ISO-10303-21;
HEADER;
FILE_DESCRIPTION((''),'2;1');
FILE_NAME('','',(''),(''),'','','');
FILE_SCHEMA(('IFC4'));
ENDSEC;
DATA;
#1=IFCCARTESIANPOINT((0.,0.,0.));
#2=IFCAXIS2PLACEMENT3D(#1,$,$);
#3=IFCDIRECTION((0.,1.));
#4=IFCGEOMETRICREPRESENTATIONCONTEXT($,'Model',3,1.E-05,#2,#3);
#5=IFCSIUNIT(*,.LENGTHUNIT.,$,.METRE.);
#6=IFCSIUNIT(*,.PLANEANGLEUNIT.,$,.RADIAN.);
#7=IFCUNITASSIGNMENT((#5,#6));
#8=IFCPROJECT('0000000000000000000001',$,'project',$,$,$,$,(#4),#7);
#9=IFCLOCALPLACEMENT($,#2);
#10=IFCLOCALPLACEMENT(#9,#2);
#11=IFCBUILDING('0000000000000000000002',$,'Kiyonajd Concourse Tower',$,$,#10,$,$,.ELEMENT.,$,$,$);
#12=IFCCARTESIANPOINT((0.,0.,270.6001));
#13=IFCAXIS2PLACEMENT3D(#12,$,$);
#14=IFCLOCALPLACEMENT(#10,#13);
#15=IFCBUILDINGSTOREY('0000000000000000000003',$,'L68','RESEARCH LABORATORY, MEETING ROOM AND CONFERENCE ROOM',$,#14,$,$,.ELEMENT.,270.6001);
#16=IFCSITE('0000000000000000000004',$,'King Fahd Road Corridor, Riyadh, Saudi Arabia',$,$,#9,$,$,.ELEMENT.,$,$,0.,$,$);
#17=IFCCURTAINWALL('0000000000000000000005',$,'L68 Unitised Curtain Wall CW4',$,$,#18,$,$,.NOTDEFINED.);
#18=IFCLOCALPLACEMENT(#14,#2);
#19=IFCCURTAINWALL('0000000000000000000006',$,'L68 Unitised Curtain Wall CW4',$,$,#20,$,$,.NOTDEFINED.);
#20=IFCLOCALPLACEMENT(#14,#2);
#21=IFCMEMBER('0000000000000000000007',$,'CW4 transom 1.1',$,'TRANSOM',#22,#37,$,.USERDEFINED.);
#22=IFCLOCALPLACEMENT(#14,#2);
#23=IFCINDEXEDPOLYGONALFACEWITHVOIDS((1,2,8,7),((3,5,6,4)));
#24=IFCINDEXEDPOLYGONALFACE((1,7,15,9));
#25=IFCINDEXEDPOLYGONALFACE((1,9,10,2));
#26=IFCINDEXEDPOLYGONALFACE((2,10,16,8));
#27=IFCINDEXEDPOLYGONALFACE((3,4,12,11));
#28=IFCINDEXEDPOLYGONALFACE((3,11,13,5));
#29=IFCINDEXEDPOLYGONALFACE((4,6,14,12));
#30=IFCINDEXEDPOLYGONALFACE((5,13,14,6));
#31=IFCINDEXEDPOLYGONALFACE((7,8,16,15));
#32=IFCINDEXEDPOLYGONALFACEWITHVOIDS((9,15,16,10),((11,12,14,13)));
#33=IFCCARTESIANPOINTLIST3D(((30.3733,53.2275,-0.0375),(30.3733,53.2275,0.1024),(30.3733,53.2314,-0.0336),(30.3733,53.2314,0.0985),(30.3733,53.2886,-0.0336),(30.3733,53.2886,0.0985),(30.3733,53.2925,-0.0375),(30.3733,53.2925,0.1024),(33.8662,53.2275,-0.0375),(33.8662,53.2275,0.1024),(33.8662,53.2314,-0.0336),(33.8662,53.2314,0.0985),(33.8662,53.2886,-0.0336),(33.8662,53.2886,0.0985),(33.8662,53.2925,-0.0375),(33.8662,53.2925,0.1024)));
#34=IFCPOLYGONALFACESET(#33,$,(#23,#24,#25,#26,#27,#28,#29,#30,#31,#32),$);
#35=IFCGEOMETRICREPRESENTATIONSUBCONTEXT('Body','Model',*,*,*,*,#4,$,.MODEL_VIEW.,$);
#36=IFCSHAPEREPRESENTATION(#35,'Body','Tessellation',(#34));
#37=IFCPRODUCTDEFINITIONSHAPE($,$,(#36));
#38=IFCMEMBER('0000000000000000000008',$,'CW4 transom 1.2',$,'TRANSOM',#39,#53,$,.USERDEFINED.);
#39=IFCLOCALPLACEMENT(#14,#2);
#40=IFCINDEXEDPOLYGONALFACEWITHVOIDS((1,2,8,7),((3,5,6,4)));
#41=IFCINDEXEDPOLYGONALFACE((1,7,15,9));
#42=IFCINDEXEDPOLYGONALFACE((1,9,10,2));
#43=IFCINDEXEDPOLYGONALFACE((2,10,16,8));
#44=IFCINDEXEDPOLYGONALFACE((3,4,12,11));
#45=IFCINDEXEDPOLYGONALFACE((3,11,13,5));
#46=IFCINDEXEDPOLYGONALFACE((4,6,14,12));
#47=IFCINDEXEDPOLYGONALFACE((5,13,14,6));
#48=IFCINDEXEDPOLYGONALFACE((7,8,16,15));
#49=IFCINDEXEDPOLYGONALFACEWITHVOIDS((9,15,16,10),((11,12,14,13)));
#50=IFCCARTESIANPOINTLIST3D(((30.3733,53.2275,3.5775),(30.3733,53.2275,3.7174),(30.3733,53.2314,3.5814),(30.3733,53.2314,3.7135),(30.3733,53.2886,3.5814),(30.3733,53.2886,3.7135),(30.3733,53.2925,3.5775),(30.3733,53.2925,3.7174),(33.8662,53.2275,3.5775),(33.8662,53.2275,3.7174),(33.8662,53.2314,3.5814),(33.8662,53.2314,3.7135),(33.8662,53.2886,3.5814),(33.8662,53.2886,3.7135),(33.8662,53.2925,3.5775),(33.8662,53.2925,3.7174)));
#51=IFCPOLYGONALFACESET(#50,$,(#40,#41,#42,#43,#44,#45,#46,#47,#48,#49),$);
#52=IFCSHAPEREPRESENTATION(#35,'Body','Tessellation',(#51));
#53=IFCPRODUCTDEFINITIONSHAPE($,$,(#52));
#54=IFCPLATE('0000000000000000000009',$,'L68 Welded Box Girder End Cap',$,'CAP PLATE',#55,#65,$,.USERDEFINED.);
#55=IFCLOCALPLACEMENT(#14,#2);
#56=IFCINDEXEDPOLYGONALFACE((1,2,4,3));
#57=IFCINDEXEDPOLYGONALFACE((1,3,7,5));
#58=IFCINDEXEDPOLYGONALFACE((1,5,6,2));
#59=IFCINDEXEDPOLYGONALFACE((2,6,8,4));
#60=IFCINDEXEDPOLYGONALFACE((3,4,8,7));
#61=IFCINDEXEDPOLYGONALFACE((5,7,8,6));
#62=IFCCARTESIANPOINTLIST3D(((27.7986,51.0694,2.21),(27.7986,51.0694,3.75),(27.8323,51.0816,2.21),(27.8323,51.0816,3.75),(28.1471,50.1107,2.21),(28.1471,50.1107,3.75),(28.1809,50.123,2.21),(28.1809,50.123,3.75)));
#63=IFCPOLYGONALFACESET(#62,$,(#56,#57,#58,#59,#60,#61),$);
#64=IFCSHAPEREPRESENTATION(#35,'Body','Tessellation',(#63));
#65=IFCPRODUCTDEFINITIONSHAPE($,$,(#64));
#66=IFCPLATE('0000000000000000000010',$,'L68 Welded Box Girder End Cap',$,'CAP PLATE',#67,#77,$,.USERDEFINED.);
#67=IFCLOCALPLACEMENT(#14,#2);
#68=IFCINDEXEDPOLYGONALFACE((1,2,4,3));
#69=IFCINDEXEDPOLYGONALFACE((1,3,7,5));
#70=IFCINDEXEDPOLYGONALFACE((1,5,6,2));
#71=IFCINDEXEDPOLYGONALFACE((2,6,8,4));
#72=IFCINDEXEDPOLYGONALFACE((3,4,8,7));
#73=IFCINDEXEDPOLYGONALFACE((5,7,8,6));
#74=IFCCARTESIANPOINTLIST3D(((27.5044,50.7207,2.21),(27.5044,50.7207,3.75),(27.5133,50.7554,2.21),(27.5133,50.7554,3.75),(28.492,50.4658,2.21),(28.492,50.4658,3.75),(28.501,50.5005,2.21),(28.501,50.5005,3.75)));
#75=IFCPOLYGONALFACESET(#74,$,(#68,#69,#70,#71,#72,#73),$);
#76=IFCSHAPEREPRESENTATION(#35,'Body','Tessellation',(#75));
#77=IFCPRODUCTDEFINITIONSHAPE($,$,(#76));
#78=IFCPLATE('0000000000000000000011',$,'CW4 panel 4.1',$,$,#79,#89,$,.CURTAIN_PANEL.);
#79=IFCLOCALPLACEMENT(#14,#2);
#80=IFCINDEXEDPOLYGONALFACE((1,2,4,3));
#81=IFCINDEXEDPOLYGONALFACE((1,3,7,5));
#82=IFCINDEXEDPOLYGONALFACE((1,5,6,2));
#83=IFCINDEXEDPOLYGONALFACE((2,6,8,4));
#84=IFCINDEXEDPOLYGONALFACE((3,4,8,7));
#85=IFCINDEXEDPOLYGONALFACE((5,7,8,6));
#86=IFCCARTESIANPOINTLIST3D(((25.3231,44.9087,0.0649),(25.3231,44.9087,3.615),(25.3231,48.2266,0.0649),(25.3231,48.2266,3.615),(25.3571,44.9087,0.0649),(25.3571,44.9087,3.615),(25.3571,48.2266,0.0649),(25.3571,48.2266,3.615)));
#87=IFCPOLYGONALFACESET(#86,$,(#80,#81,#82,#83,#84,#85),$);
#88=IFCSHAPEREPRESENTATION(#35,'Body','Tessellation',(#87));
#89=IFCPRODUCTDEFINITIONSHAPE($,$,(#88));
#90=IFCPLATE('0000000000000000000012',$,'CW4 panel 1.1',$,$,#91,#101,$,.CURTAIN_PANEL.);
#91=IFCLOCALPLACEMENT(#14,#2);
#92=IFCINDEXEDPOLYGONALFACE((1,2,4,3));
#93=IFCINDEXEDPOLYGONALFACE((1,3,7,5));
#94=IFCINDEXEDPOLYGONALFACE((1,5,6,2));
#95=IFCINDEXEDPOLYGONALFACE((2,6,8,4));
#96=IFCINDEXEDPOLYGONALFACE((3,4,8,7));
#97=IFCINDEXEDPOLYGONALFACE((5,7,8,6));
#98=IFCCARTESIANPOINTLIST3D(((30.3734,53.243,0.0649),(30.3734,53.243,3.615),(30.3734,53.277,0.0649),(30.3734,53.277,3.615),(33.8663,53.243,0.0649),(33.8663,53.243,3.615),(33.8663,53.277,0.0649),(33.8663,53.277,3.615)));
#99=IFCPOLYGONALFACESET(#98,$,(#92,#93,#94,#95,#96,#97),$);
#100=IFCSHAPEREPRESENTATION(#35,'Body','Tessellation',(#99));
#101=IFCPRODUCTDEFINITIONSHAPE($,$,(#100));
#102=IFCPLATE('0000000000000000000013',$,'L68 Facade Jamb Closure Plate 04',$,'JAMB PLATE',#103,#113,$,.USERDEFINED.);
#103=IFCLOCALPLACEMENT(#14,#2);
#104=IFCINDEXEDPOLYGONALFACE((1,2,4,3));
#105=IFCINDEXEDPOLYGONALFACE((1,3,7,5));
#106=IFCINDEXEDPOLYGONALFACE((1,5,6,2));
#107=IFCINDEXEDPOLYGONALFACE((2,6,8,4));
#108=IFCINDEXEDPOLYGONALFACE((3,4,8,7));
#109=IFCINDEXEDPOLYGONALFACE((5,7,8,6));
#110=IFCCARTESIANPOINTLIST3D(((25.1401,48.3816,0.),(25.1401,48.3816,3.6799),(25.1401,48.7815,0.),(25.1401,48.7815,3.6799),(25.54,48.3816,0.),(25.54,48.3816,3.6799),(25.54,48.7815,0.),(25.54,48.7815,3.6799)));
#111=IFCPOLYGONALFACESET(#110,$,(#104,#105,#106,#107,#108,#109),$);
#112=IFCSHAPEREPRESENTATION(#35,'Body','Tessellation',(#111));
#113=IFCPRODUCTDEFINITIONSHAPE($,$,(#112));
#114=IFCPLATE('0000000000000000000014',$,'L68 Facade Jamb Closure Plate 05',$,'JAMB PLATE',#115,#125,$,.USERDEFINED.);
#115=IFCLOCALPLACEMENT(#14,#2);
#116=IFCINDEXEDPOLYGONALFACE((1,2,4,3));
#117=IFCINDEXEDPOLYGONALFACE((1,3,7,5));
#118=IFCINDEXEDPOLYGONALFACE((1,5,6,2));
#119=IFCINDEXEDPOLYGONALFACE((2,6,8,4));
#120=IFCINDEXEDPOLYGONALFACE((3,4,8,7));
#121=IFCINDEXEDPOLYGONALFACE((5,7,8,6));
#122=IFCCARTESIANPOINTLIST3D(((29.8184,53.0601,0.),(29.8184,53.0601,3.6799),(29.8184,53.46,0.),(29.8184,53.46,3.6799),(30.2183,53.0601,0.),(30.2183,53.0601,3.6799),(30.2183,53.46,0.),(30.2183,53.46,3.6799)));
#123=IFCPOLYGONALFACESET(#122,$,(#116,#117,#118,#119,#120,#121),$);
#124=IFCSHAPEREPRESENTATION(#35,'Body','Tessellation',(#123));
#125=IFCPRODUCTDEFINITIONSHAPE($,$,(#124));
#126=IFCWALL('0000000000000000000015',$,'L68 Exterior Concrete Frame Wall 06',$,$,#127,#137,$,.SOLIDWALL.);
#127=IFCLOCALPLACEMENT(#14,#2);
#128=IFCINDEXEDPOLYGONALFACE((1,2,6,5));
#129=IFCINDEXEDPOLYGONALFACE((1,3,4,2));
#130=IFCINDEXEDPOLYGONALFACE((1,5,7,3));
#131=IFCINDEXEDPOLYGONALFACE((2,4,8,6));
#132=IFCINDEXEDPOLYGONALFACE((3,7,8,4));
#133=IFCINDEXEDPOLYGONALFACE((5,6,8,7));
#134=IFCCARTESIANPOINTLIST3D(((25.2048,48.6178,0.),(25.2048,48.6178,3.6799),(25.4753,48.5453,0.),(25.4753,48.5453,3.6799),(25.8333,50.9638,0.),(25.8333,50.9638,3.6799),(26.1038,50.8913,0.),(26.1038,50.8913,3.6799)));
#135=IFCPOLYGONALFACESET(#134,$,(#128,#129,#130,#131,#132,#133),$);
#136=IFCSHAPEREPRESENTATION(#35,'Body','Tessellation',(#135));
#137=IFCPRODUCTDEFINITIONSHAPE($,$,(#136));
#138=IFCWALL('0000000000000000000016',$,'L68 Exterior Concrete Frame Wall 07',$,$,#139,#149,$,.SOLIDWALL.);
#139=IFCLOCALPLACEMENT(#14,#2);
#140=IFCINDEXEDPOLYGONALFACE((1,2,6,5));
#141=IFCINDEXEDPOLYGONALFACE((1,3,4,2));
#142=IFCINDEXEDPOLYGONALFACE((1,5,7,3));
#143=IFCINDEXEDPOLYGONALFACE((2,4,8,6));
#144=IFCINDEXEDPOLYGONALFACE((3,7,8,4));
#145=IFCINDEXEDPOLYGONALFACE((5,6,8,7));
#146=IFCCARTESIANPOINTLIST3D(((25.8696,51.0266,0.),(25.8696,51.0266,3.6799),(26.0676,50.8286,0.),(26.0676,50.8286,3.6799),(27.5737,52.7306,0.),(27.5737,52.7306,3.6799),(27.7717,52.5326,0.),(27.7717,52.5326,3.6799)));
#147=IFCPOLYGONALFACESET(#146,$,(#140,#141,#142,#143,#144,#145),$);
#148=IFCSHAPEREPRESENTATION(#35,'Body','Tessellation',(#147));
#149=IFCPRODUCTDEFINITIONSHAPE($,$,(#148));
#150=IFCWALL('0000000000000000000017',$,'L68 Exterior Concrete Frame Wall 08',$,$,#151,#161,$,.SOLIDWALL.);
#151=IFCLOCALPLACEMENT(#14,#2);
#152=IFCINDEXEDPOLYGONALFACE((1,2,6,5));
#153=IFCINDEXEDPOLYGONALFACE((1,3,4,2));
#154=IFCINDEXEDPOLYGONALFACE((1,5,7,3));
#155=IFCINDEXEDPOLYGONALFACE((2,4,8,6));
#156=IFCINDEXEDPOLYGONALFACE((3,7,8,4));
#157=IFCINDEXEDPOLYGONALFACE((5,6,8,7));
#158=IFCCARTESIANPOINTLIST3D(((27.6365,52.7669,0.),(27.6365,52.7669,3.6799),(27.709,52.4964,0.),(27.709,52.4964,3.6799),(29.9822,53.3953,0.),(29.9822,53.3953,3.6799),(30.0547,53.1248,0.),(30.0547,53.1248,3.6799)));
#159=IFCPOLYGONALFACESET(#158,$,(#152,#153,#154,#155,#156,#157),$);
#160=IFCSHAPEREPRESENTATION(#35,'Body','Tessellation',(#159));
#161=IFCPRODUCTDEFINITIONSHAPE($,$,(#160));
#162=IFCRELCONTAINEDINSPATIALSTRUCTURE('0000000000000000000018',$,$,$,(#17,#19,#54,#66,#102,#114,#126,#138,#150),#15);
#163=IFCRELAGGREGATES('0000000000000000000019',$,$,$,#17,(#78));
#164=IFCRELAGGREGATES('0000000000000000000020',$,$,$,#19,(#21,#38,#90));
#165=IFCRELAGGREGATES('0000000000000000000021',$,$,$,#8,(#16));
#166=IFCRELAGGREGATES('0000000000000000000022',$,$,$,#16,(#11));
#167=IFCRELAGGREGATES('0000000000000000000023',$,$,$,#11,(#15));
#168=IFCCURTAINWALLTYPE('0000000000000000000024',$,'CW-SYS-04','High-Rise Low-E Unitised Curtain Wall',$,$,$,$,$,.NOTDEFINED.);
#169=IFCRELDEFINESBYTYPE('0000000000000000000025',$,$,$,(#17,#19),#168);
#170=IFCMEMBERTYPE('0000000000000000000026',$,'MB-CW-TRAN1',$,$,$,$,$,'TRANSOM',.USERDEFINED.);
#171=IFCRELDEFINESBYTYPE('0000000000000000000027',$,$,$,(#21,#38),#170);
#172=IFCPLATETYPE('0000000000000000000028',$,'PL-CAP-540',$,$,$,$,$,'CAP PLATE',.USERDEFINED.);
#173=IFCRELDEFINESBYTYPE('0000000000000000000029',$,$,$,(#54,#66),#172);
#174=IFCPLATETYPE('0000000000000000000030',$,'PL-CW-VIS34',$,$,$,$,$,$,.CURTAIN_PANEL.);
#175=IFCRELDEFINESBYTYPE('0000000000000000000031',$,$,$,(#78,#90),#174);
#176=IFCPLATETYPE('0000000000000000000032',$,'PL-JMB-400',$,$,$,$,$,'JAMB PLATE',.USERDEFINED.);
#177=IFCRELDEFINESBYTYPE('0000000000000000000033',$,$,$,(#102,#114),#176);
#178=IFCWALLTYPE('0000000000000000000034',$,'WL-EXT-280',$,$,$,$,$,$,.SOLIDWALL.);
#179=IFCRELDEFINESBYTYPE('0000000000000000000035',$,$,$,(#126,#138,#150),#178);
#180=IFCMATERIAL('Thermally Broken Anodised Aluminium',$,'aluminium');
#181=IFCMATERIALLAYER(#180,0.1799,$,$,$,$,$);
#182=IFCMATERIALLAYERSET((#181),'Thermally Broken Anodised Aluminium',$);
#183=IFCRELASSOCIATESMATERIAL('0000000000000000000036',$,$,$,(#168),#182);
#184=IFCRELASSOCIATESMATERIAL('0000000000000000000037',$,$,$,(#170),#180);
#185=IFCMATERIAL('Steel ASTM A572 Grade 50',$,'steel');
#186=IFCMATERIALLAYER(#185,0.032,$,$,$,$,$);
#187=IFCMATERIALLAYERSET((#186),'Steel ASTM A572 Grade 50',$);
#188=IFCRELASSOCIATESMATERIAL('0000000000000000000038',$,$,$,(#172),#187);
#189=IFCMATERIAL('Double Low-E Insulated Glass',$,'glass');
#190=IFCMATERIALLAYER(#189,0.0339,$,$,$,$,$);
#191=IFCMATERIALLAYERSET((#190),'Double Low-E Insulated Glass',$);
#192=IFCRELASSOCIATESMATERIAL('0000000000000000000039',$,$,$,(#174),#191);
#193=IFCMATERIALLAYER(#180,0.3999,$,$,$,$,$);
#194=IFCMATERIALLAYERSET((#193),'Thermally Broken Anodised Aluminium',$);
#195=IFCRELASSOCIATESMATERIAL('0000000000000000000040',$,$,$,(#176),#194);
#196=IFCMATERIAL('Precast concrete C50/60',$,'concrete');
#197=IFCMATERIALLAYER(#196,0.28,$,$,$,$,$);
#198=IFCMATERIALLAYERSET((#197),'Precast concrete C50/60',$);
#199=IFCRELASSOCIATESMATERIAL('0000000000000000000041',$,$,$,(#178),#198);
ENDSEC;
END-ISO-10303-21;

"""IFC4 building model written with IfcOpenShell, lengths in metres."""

from ifc_helpers import new_model, si_unit, direction, frame, frame_2d, origin, origin_2d, place, context, subcontext, project, spatial, rectangle, hollow_rectangle, extrude, material, layer, layer_set, material_profile, profile_set, type_object, element, aggregate, save


model = new_model("IFC4")

# Units and contexts
model_context = context("Model", 3, precision=1e-05, world=origin(), true_north=direction((0.0, 1.0)))
body_context = subcontext(model_context, "Body", "Model", "MODEL_VIEW")
ifc_project = project(units=[si_unit("LENGTHUNIT", "METRE"), si_unit("PLANEANGLEUNIT", "RADIAN")], contexts=[model_context])

# Site, building, storey
site_placement = place(None, origin())
site = spatial("IfcSite", under=ifc_project, at=site_placement, Name="King Fahd Road Corridor, Riyadh, Saudi Arabia", CompositionType="ELEMENT", RefElevation=0.0)
building_placement = place(site_placement, origin())
building = spatial("IfcBuilding", under=site, at=building_placement, Name="Kiyonajd Concourse Tower", CompositionType="ELEMENT")
storey_placement = place(building_placement, frame((0.0, 0.0, 270.6001)))
storey = spatial("IfcBuildingStorey", under=building, at=storey_placement, Name="L68", Description="RESEARCH LABORATORY, MEETING ROOM AND CONFERENCE ROOM", CompositionType="ELEMENT", Elevation=270.6001)

# Shared definitions
ifc_material_1 = material(Name="Steel ASTM A572 Grade 50", Category="steel")

# Curtain wall
ifc_material_2 = material(Name="Thermally Broken Anodised Aluminium", Category="aluminium")
ifc_layer_1 = layer(ifc_material_2, 0.1799)
ifc_layer_set_1 = layer_set([ifc_layer_1], Name="Thermally Broken Anodised Aluminium")
curtain_wall_type = type_object("IfcCurtainWallType", Name="CW-SYS-04", Description="High-Rise Low-E Unitised Curtain Wall", PredefinedType="NOTDEFINED", material=ifc_layer_set_1)
curtain_wall_1_placement = place(storey_placement, origin())
curtain_wall_1 = element("IfcCurtainWall", 1, at=curtain_wall_1_placement, inside=storey, type_object=curtain_wall_type, Name="L68 Unitised Curtain Wall CW4", PredefinedType="NOTDEFINED")

# Curtain wall
curtain_wall_2_placement = place(storey_placement, origin())
curtain_wall_2 = element("IfcCurtainWall", 2, at=curtain_wall_2_placement, inside=storey, type_object=curtain_wall_type, Name="L68 Unitised Curtain Wall CW4", PredefinedType="NOTDEFINED")

# Members
ifc_material_profile_1 = material_profile(ifc_material_2, hollow_rectangle(XDim=0.0649, YDim=0.1399, WallThickness=0.0039, at=origin_2d()), Name="TRAN-65x140")
ifc_profile_set_1 = profile_set([ifc_material_profile_1], Name="Thermally Broken Anodised Aluminium")
member_type_1 = type_object("IfcMemberType", Name="MB-CW-TRAN1", ElementType="TRANSOM", PredefinedType="USERDEFINED", material=ifc_profile_set_1)
member_1_placement = place(storey_placement, frame((30.3733, 53.26, 0.0325), z_axis=(1.0, 0.0, 0.0), x_axis=(0.0, 1.0, 0.0)))
member_1 = element("IfcMember", 3, at=member_1_placement, type_object=member_type_1, Name="CW4 transom 1.1", ObjectType="TRANSOM", PredefinedType="USERDEFINED", context=body_context, shape_type="SweptSolid", body=[
    extrude(hollow_rectangle(XDim=0.0649, YDim=0.1399, WallThickness=0.0039, at=origin_2d()), origin(), (0.0, 0.0, 1.0), 3.4929),
])
member_2_placement = place(storey_placement, frame((30.3733, 53.26, 3.6475), z_axis=(1.0, 0.0, 0.0), x_axis=(0.0, 1.0, 0.0)))
member_2 = element("IfcMember", 4, at=member_2_placement, type_object=member_type_1, Name="CW4 transom 1.2", ObjectType="TRANSOM", PredefinedType="USERDEFINED", context=body_context, shape_type="SweptSolid", body=[
    extrude(hollow_rectangle(XDim=0.0649, YDim=0.1399, WallThickness=0.0039, at=origin_2d()), origin(), (0.0, 0.0, 1.0), 3.4929),
])

# Plates
ifc_layer_2 = layer(ifc_material_1, 0.032)
ifc_layer_set_2 = layer_set([ifc_layer_2], Name="Steel ASTM A572 Grade 50")
plate_type_1 = type_object("IfcPlateType", Name="PL-CAP-540", ElementType="CAP PLATE", PredefinedType="USERDEFINED", material=ifc_layer_set_2)
for number, where, z_axis, x_axis, name in (
    (5, (27.9897, 50.5962, 2.21), (0.0, 0.0, 1.0), (-0.939812, -0.341692, 0.0), "L68 Welded Box Girder End Cap"),
    (6, (28.0027, 50.6106, 2.21), (0.0, 0.0, 1.0), (0.249873, 0.968279, 0.0), "L68 Welded Box Girder End Cap"),
):
    element("IfcPlate", number, at=place(storey_placement, frame(where, z_axis=z_axis, x_axis=x_axis)), inside=storey, type_object=plate_type_1, Name=name, ObjectType="CAP PLATE", PredefinedType="USERDEFINED", context=body_context, shape_type="SweptSolid", body=[
        extrude(rectangle(XDim=0.0359, YDim=1.02, at=origin_2d()), origin(), (0.0, 0.0, 1.0), 1.54),
    ])

# Plates
ifc_material_3 = material(Name="Double Low-E Insulated Glass", Category="glass")
ifc_layer_3 = layer(ifc_material_3, 0.0339)
ifc_layer_set_3 = layer_set([ifc_layer_3], Name="Double Low-E Insulated Glass")
plate_type_2 = type_object("IfcPlateType", Name="PL-CW-VIS34", PredefinedType="CURTAIN_PANEL", material=ifc_layer_set_3)
plate_1_placement = place(storey_placement, frame((25.3401, 46.5676, 0.0649), z_axis=(0.0, 0.0, 1.0), x_axis=(0.0, 1.0, 0.0)))
plate_1 = element("IfcPlate", 7, at=plate_1_placement, type_object=plate_type_2, Name="CW4 panel 4.1", PredefinedType="CURTAIN_PANEL", context=body_context, shape_type="SweptSolid", body=[
    extrude(rectangle(XDim=3.3179, YDim=0.0339, at=origin_2d()), origin(), (0.0, 0.0, 1.0), 3.55),
])
aggregate(curtain_wall_1, [plate_1])
plate_2_placement = place(storey_placement, frame((32.1199, 53.26, 0.0649), z_axis=(0.0, 0.0, 1.0), x_axis=(1.0, 0.0, 0.0)))
plate_2 = element("IfcPlate", 8, at=plate_2_placement, type_object=plate_type_2, Name="CW4 panel 1.1", PredefinedType="CURTAIN_PANEL", context=body_context, shape_type="SweptSolid", body=[
    extrude(rectangle(XDim=3.4929, YDim=0.0339, at=origin_2d()), origin(), (0.0, 0.0, 1.0), 3.55),
])
aggregate(curtain_wall_2, [member_1, member_2, plate_2])

# Plates
ifc_layer_4 = layer(ifc_material_2, 0.3999)
ifc_layer_set_4 = layer_set([ifc_layer_4], Name="Thermally Broken Anodised Aluminium")
plate_type_3 = type_object("IfcPlateType", Name="PL-JMB-400", ElementType="JAMB PLATE", PredefinedType="USERDEFINED", material=ifc_layer_set_4)
for number, where, z_axis, x_axis, name in (
    (9, (25.3401, 48.5815, 0.0), (0.0, 0.0, 1.0), (1.0, 0.0, 0.0), "L68 Facade Jamb Closure Plate 04"),
    (10, (30.0183, 53.26, 0.0), (0.0, 0.0, 1.0), (1.0, 0.0, 0.0), "L68 Facade Jamb Closure Plate 05"),
):
    element("IfcPlate", number, at=place(storey_placement, frame(where, z_axis=z_axis, x_axis=x_axis)), inside=storey, type_object=plate_type_3, Name=name, ObjectType="JAMB PLATE", PredefinedType="USERDEFINED", context=body_context, shape_type="SweptSolid", body=[
        extrude(rectangle(XDim=0.3999, YDim=0.3999, at=origin_2d()), origin(), (0.0, 0.0, 1.0), 3.6799),
    ])

# Walls
ifc_material_4 = material(Name="Precast concrete C50/60", Category="concrete")
ifc_layer_5 = layer(ifc_material_4, 0.28)
ifc_layer_set_5 = layer_set([ifc_layer_5], Name="Precast concrete C50/60")
wall_type_1 = type_object("IfcWallType", Name="WL-EXT-280", PredefinedType="SOLIDWALL", material=ifc_layer_set_5)
wall_1_placement = place(storey_placement, frame((25.3401, 48.5815, 0.0), z_axis=(0.0, 0.0, 1.0), x_axis=(0.258751, 0.965944, 0.0)))
element("IfcWall", 11, at=wall_1_placement, inside=storey, type_object=wall_type_1, Name="L68 Exterior Concrete Frame Wall 06", PredefinedType="SOLIDWALL", context=body_context, shape_type="SweptSolid", body=[
    extrude(rectangle(XDim=2.4287, YDim=0.28, at=frame_2d((1.2144, 0.0))), origin(), (0.0, 0.0, 1.0), 3.6799),
])
wall_2_placement = place(storey_placement, frame((25.9685, 50.9275, 0.0), z_axis=(0.0, 0.0, 1.0), x_axis=(0.707107, 0.707107, 0.0)))
element("IfcWall", 12, at=wall_2_placement, inside=storey, type_object=wall_type_1, Name="L68 Exterior Concrete Frame Wall 07", PredefinedType="SOLIDWALL", context=body_context, shape_type="SweptSolid", body=[
    extrude(rectangle(XDim=2.4099, YDim=0.28, at=frame_2d((1.2051, 0.0))), origin(), (0.0, 0.0, 1.0), 3.6799),
])
wall_3_placement = place(storey_placement, frame((27.6726, 52.6316, 0.0), z_axis=(0.0, 0.0, 1.0), x_axis=(0.965937, 0.258776, 0.0)))
element("IfcWall", 13, at=wall_3_placement, inside=storey, type_object=wall_type_1, Name="L68 Exterior Concrete Frame Wall 08", PredefinedType="SOLIDWALL", context=body_context, shape_type="SweptSolid", body=[
    extrude(rectangle(XDim=2.4285, YDim=0.28, at=frame_2d((1.2144, 0.0))), origin(), (0.0, 0.0, 1.0), 3.6799),
])

save(model, "model.ifc")
